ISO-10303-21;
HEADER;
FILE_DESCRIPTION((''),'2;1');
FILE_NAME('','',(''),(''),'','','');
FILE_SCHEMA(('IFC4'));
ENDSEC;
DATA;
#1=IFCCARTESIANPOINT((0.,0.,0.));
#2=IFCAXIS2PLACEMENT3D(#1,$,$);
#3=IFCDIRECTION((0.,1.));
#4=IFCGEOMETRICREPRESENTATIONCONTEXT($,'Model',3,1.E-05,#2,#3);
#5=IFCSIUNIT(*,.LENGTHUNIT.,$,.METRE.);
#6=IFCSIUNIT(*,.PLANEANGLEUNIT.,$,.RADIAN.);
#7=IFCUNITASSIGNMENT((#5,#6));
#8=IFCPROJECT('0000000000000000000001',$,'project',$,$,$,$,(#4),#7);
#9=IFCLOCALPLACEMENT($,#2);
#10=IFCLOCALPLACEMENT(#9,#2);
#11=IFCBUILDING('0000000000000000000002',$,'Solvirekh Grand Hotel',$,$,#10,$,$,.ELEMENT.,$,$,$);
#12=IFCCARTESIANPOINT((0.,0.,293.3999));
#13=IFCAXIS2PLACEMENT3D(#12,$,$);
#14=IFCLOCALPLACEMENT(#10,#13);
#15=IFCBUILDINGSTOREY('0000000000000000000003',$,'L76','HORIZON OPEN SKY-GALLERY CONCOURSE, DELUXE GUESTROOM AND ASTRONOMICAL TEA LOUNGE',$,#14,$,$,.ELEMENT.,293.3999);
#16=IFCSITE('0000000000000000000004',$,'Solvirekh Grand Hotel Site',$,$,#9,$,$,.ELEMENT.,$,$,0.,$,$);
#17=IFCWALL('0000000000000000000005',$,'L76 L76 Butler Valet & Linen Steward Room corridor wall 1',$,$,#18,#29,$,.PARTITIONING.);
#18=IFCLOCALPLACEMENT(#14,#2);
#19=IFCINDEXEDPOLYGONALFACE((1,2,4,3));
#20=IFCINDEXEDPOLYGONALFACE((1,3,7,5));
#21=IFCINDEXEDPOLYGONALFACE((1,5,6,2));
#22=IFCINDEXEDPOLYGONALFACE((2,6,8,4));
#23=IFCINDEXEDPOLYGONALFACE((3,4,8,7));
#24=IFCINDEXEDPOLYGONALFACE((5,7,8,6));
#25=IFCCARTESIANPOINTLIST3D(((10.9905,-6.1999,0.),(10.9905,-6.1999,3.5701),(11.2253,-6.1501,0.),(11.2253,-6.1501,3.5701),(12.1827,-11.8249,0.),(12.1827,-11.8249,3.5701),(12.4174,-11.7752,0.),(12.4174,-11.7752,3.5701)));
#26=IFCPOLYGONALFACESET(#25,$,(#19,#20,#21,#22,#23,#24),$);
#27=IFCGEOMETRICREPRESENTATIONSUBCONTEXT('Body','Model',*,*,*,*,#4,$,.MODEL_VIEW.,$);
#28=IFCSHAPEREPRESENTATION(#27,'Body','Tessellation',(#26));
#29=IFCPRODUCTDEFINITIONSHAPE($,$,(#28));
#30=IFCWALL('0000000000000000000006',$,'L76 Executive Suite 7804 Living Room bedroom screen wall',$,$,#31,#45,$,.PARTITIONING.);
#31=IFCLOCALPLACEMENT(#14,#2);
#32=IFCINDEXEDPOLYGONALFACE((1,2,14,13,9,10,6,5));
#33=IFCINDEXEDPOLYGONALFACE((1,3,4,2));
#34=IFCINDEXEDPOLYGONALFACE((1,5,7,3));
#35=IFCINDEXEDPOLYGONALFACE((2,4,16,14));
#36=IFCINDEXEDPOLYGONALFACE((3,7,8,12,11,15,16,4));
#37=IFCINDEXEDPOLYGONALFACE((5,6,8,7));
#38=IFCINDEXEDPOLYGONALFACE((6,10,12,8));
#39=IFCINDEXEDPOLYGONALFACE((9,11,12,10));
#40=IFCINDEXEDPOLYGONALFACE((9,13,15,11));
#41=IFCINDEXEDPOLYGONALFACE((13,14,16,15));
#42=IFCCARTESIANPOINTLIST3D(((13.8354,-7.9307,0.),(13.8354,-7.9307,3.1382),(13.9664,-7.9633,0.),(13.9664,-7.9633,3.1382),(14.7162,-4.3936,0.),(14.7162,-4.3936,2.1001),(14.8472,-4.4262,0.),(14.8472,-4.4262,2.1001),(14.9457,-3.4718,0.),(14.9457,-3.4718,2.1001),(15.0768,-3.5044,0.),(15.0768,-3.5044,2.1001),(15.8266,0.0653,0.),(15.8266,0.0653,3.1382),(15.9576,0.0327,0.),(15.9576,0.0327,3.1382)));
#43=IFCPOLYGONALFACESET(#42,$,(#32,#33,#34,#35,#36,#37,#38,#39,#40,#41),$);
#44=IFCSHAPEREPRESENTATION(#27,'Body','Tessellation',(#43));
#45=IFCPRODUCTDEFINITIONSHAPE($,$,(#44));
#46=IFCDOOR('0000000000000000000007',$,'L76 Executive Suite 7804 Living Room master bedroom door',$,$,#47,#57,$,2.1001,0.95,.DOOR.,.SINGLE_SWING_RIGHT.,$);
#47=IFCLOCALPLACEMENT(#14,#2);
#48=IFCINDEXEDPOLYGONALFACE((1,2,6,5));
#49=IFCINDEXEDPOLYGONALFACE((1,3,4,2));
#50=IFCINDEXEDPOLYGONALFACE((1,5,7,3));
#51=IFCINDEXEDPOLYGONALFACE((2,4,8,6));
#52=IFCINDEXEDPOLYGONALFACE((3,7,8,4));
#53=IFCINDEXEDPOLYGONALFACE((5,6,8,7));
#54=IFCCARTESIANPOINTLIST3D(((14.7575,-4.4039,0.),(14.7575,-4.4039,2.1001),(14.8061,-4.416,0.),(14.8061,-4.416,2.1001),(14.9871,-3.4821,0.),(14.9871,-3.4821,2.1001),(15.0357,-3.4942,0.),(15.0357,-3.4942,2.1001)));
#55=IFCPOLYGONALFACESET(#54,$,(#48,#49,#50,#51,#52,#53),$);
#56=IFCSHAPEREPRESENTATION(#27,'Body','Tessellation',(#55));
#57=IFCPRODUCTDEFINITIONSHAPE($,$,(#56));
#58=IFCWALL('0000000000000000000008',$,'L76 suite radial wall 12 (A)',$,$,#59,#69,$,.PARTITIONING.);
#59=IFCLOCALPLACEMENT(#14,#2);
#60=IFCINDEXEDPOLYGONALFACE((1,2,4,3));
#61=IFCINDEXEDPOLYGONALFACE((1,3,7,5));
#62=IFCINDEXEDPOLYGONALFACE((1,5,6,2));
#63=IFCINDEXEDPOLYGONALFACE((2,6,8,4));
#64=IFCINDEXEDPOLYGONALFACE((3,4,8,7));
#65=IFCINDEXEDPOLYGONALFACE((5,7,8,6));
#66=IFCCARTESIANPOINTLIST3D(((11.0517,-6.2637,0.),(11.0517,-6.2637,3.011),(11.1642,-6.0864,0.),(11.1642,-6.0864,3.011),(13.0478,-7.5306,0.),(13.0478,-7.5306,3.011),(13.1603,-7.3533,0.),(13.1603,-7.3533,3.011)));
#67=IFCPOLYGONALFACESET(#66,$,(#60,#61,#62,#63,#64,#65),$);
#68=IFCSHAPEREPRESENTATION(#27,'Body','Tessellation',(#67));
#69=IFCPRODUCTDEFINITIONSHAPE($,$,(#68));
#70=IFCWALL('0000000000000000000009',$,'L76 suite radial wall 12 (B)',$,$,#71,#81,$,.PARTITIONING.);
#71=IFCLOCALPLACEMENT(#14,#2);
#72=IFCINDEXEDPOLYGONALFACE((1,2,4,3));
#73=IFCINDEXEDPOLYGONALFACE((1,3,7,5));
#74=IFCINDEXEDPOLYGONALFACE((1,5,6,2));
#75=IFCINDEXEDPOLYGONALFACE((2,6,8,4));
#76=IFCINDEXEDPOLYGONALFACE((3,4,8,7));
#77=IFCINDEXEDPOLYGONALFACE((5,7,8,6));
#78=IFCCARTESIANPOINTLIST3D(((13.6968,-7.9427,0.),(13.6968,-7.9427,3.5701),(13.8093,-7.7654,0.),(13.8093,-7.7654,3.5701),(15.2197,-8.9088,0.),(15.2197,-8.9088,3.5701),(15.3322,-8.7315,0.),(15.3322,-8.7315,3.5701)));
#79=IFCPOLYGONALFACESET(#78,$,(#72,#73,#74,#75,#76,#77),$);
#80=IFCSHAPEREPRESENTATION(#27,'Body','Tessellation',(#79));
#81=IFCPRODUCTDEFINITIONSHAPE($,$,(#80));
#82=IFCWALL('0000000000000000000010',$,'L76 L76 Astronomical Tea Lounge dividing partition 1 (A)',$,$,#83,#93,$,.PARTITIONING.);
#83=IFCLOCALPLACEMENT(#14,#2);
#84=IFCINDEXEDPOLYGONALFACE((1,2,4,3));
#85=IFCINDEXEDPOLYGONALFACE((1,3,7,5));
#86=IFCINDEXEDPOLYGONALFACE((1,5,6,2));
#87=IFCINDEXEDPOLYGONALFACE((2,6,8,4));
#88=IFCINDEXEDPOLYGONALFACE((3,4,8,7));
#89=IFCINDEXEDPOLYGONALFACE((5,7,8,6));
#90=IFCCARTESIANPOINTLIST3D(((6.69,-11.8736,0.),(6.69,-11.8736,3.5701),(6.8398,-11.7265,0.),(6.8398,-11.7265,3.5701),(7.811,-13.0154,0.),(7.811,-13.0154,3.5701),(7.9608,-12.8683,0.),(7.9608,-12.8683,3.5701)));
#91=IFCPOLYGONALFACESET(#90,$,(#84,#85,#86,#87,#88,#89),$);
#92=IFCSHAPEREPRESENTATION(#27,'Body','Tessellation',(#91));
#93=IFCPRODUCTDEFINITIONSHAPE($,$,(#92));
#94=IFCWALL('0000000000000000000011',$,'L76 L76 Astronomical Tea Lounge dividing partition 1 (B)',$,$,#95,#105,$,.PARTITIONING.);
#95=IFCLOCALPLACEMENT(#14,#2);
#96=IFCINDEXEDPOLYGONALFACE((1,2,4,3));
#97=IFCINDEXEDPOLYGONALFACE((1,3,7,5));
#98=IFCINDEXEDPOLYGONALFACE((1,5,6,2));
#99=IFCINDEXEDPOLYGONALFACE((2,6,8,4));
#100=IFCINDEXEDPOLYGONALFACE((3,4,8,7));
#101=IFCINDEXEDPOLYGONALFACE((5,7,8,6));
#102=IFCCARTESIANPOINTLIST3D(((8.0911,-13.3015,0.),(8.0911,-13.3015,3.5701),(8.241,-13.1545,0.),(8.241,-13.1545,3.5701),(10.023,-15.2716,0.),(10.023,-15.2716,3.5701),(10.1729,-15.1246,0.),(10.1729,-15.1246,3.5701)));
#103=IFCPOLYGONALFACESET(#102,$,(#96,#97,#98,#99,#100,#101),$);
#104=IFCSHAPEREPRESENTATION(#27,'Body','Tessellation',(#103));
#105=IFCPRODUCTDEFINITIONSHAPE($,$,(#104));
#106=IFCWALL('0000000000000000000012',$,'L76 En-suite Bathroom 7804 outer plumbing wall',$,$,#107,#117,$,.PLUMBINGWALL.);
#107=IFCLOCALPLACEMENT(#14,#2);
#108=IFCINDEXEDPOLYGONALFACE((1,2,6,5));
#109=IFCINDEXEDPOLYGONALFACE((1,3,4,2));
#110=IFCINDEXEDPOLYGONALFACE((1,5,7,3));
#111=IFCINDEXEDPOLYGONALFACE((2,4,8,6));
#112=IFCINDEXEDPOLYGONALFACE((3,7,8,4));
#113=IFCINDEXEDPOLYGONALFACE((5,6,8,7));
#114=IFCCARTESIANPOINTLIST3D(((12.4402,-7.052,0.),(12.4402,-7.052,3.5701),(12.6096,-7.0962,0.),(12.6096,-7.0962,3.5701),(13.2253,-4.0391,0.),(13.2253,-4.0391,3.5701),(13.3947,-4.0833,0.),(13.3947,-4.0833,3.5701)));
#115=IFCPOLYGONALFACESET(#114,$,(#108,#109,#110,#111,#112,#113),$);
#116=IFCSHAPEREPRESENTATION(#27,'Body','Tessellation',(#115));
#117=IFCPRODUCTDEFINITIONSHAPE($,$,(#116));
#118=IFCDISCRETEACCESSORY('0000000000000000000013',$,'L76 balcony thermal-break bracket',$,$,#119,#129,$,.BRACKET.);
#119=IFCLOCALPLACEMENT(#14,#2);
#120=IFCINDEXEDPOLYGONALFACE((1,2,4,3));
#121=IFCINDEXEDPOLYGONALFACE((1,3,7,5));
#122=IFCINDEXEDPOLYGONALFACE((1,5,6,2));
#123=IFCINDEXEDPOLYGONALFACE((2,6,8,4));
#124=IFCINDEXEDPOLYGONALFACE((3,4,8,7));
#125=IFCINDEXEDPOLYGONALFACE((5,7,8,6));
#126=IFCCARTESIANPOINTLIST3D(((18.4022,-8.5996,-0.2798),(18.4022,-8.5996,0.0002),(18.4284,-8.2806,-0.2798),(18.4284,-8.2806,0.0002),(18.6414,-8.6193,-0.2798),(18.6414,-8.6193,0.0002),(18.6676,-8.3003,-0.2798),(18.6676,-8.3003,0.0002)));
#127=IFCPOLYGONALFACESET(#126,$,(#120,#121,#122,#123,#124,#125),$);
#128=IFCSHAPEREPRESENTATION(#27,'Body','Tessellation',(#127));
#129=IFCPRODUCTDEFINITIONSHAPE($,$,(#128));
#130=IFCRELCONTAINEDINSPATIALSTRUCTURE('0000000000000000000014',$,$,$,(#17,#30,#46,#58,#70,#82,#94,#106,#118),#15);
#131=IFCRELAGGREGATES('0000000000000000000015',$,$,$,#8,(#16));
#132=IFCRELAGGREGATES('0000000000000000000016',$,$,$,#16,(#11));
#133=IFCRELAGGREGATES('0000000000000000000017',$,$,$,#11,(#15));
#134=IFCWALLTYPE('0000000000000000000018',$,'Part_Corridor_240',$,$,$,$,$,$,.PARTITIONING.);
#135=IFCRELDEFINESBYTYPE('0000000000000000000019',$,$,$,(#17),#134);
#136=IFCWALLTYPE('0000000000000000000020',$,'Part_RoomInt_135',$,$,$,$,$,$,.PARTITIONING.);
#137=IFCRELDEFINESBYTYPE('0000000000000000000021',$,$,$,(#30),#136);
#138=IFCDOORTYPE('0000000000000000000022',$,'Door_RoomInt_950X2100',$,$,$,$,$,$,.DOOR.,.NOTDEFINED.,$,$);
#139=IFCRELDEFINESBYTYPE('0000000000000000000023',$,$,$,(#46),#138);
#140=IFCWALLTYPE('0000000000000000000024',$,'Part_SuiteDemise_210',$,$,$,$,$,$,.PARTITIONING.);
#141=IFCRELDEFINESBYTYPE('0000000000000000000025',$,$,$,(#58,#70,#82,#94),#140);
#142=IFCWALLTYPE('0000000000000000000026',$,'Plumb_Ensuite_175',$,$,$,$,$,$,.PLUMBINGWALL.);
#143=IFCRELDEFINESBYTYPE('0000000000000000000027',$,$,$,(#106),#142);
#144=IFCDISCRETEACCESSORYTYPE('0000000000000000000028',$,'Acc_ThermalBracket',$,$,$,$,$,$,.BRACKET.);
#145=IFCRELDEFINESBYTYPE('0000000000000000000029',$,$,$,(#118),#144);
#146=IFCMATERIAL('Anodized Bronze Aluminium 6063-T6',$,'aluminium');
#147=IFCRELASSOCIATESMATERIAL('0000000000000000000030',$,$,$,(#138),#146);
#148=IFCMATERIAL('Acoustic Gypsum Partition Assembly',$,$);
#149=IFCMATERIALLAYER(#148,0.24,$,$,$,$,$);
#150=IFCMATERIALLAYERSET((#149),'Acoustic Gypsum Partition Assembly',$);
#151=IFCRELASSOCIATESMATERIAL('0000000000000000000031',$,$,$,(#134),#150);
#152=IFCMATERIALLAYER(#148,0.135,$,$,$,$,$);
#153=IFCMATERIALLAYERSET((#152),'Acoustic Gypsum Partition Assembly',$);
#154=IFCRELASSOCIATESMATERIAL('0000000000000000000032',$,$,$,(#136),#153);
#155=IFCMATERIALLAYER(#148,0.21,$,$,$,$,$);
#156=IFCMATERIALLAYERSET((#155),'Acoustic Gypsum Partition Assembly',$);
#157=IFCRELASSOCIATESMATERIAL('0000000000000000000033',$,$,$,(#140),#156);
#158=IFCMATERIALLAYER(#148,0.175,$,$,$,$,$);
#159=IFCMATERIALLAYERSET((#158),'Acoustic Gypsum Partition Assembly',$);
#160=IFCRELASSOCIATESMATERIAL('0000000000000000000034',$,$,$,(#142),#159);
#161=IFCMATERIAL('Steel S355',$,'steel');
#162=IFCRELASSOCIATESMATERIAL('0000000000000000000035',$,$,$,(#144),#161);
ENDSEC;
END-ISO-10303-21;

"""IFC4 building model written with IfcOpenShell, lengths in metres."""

from ifc_helpers import new_model, si_unit, direction, frame, frame_2d, origin, origin_2d, place, context, subcontext, project, spatial, rectangle, extrude, material, layer, layer_set, type_object, element, fill, save


model = new_model("IFC4")

# Units and contexts
model_context = context("Model", 3, precision=1e-05, world=origin(), true_north=direction((0.0, 1.0)))
body_context = subcontext(model_context, "Body", "Model", "MODEL_VIEW")
ifc_project = project(units=[si_unit("LENGTHUNIT", "METRE"), si_unit("PLANEANGLEUNIT", "RADIAN")], contexts=[model_context])

# Site, building, storey
site_placement = place(None, origin())
site = spatial("IfcSite", under=ifc_project, at=site_placement, Name="Solvirekh Grand Hotel Site", CompositionType="ELEMENT", RefElevation=0.0)
building_placement = place(site_placement, origin())
building = spatial("IfcBuilding", under=site, at=building_placement, Name="Solvirekh Grand Hotel", CompositionType="ELEMENT")
storey_placement = place(building_placement, frame((0.0, 0.0, 293.3999)))
storey = spatial("IfcBuildingStorey", under=building, at=storey_placement, Name="L76", Description="HORIZON OPEN SKY-GALLERY CONCOURSE, DELUXE GUESTROOM AND ASTRONOMICAL TEA LOUNGE", CompositionType="ELEMENT", Elevation=293.3999)

# Shared definitions
ifc_material_1 = material(Name="Steel S355", Category="steel")

# Shared definitions
ifc_material_2 = material(Name="Anodized Bronze Aluminium 6063-T6", Category="aluminium")

# Shared definitions
ifc_material_3 = material(Name="Acoustic Gypsum Partition Assembly")
door_type = type_object("IfcDoorType", Name="Door_RoomInt_950X2100", OperationType="NOTDEFINED", PredefinedType="DOOR", material=ifc_material_2)

# Wall
ifc_layer_1 = layer(ifc_material_3, 0.24)
ifc_layer_set_1 = layer_set([ifc_layer_1], Name="Acoustic Gypsum Partition Assembly")
wall_type_1 = type_object("IfcWallType", Name="Part_Corridor_240", PredefinedType="PARTITIONING", material=ifc_layer_set_1)
wall_1_placement = place(storey_placement, frame((12.3, -11.8, 0.0), z_axis=(0.0, 0.0, 1.0), x_axis=(-0.207331, 0.978271, 0.0)))
element("IfcWall", 1, at=wall_1_placement, inside=storey, type_object=wall_type_1, Name="L76 L76 Butler Valet & Linen Steward Room corridor wall 1", PredefinedType="PARTITIONING", context=body_context, shape_type="SweptSolid", body=[
    extrude(rectangle(XDim=5.75, YDim=0.24, at=frame_2d((2.875, 0.0))), origin(), (0.0, 0.0, 1.0), 3.5701),
])

# Wall, opening, door
ifc_layer_2 = layer(ifc_material_3, 0.135)
ifc_layer_set_2 = layer_set([ifc_layer_2], Name="Acoustic Gypsum Partition Assembly")
wall_type_2 = type_object("IfcWallType", Name="Part_RoomInt_135", PredefinedType="PARTITIONING", material=ifc_layer_set_2)
wall_2_placement = place(storey_placement, frame((13.9009, -7.947, 0.0), z_axis=(0.0, 0.0, 1.0), x_axis=(0.241643, 0.970365, 0.0)))
wall_2 = element("IfcWall", 2, at=wall_2_placement, inside=storey, type_object=wall_type_2, Name="L76 Executive Suite 7804 Living Room bedroom screen wall", PredefinedType="PARTITIONING", context=body_context, shape_type="SweptSolid", body=[
    extrude(rectangle(XDim=8.2402, YDim=0.135, at=frame_2d((4.1201, 0.0))), origin(), (0.0, 0.0, 1.0), 3.1382),
])
opening_1_placement = place(wall_2_placement, frame((3.645, 0.0, 0.0)))
opening_1 = element("IfcOpeningElement", 3, at=opening_1_placement, cuts=wall_2, PredefinedType="OPENING", context=body_context, shape_type="SweptSolid", body=[
    extrude(rectangle(XDim=0.95, YDim=2.1001, at=frame_2d((0.4751, 1.05))), frame((0.0, 0.0776, 0.0), z_axis=(0.0, -1.0, 0.0), x_axis=(1.0, 0.0, 0.0)), (0.0, 0.0, 1.0), 0.155),
])
door_1_placement = place(opening_1_placement, origin())
door_1 = element("IfcDoor", 4, at=door_1_placement, inside=storey, type_object=door_type, Name="L76 Executive Suite 7804 Living Room master bedroom door", OperationType="SINGLE_SWING_RIGHT", OverallHeight=2.1001, OverallWidth=0.95, PredefinedType="DOOR", context=body_context, shape_type="SweptSolid", body=[
    extrude(rectangle(XDim=0.95, YDim=2.1001, at=frame_2d((0.4751, 1.05))), frame((0.0, 0.0249, 0.0), z_axis=(0.0, -1.0, 0.0), x_axis=(1.0, 0.0, 0.0)), (0.0, 0.0, 1.0), 0.05),
])
fill(opening_1, door_1)

# Walls
ifc_layer_3 = layer(ifc_material_3, 0.21)
ifc_layer_set_3 = layer_set([ifc_layer_3], Name="Acoustic Gypsum Partition Assembly")
wall_type_3 = type_object("IfcWallType", Name="Part_SuiteDemise_210", PredefinedType="PARTITIONING", material=ifc_layer_set_3)
wall_3_placement = place(storey_placement, frame((11.1079, -6.175, 0.0), z_axis=(0.0, 0.0, 1.0), x_axis=(0.844311, -0.535853, 0.0)))
element("IfcWall", 5, at=wall_3_placement, inside=storey, type_object=wall_type_3, Name="L76 suite radial wall 12 (A)", PredefinedType="PARTITIONING", context=body_context, shape_type="SweptSolid", body=[
    extrude(rectangle(XDim=2.3643, YDim=0.21, at=frame_2d((1.1821, 0.0))), origin(), (0.0, 0.0, 1.0), 3.011),
])
wall_4_placement = place(storey_placement, frame((13.7529, -7.854, 0.0), z_axis=(0.0, 0.0, 1.0), x_axis=(0.844435, -0.535657, 0.0)))
element("IfcWall", 6, at=wall_4_placement, inside=storey, type_object=wall_type_3, Name="L76 suite radial wall 12 (B)", PredefinedType="PARTITIONING", context=body_context, shape_type="SweptSolid", body=[
    extrude(rectangle(XDim=1.8035, YDim=0.21, at=frame_2d((0.9019, 0.0))), origin(), (0.0, 0.0, 1.0), 3.5701),
])
wall_5_placement = place(storey_placement, frame((6.7649, -11.8, 0.0), z_axis=(0.0, 0.0, 1.0), x_axis=(0.700593, -0.713561, 0.0)))
element("IfcWall", 7, at=wall_5_placement, inside=storey, type_object=wall_type_3, Name="L76 L76 Astronomical Tea Lounge dividing partition 1 (A)", PredefinedType="PARTITIONING", context=body_context, shape_type="SweptSolid", body=[
    extrude(rectangle(XDim=1.6001, YDim=0.21, at=frame_2d((0.8, 0.0))), origin(), (0.0, 0.0, 1.0), 3.5701),
])
wall_6_placement = place(storey_placement, frame((8.166, -13.228, 0.0), z_axis=(0.0, 0.0, 1.0), x_axis=(0.700171, -0.713975, 0.0)))
element("IfcWall", 8, at=wall_6_placement, inside=storey, type_object=wall_type_3, Name="L76 L76 Astronomical Tea Lounge dividing partition 1 (B)", PredefinedType="PARTITIONING", context=body_context, shape_type="SweptSolid", body=[
    extrude(rectangle(XDim=2.7593, YDim=0.21, at=frame_2d((1.3796, 0.0))), origin(), (0.0, 0.0, 1.0), 3.5701),
])
ifc_layer_4 = layer(ifc_material_3, 0.175)
ifc_layer_set_4 = layer_set([ifc_layer_4], Name="Acoustic Gypsum Partition Assembly")
wall_type_4 = type_object("IfcWallType", Name="Plumb_Ensuite_175", PredefinedType="PLUMBINGWALL", material=ifc_layer_set_4)
wall_7_placement = place(storey_placement, frame((12.5249, -7.074, 0.0), z_axis=(0.0, 0.0, 1.0), x_axis=(0.252173, 0.967682, 0.0)))
element("IfcWall", 9, at=wall_7_placement, inside=storey, type_object=wall_type_4, Name="L76 En-suite Bathroom 7804 outer plumbing wall", PredefinedType="PLUMBINGWALL", context=body_context, shape_type="SweptSolid", body=[
    extrude(rectangle(XDim=3.1135, YDim=0.175, at=frame_2d((1.5566, 0.0))), origin(), (0.0, 0.0, 1.0), 3.5701),
])

# Discrete accessory
discrete_accessory_type = type_object("IfcDiscreteAccessoryType", Name="Acc_ThermalBracket", PredefinedType="BRACKET", material=ifc_material_1)
discrete_accessory_placement = place(storey_placement, frame((18.5349, -8.45, -0.2798), z_axis=(0.0, 0.0, 1.0), x_axis=(-0.081939, -0.996637, 0.0)))
element("IfcDiscreteAccessory", 10, at=discrete_accessory_placement, inside=storey, type_object=discrete_accessory_type, Name="L76 balcony thermal-break bracket", PredefinedType="BRACKET", context=body_context, shape_type="SweptSolid", body=[
    extrude(rectangle(XDim=0.3201, YDim=0.24, at=origin_2d()), origin(), (0.0, 0.0, 1.0), 0.28),
])

save(model, "model.ifc")
